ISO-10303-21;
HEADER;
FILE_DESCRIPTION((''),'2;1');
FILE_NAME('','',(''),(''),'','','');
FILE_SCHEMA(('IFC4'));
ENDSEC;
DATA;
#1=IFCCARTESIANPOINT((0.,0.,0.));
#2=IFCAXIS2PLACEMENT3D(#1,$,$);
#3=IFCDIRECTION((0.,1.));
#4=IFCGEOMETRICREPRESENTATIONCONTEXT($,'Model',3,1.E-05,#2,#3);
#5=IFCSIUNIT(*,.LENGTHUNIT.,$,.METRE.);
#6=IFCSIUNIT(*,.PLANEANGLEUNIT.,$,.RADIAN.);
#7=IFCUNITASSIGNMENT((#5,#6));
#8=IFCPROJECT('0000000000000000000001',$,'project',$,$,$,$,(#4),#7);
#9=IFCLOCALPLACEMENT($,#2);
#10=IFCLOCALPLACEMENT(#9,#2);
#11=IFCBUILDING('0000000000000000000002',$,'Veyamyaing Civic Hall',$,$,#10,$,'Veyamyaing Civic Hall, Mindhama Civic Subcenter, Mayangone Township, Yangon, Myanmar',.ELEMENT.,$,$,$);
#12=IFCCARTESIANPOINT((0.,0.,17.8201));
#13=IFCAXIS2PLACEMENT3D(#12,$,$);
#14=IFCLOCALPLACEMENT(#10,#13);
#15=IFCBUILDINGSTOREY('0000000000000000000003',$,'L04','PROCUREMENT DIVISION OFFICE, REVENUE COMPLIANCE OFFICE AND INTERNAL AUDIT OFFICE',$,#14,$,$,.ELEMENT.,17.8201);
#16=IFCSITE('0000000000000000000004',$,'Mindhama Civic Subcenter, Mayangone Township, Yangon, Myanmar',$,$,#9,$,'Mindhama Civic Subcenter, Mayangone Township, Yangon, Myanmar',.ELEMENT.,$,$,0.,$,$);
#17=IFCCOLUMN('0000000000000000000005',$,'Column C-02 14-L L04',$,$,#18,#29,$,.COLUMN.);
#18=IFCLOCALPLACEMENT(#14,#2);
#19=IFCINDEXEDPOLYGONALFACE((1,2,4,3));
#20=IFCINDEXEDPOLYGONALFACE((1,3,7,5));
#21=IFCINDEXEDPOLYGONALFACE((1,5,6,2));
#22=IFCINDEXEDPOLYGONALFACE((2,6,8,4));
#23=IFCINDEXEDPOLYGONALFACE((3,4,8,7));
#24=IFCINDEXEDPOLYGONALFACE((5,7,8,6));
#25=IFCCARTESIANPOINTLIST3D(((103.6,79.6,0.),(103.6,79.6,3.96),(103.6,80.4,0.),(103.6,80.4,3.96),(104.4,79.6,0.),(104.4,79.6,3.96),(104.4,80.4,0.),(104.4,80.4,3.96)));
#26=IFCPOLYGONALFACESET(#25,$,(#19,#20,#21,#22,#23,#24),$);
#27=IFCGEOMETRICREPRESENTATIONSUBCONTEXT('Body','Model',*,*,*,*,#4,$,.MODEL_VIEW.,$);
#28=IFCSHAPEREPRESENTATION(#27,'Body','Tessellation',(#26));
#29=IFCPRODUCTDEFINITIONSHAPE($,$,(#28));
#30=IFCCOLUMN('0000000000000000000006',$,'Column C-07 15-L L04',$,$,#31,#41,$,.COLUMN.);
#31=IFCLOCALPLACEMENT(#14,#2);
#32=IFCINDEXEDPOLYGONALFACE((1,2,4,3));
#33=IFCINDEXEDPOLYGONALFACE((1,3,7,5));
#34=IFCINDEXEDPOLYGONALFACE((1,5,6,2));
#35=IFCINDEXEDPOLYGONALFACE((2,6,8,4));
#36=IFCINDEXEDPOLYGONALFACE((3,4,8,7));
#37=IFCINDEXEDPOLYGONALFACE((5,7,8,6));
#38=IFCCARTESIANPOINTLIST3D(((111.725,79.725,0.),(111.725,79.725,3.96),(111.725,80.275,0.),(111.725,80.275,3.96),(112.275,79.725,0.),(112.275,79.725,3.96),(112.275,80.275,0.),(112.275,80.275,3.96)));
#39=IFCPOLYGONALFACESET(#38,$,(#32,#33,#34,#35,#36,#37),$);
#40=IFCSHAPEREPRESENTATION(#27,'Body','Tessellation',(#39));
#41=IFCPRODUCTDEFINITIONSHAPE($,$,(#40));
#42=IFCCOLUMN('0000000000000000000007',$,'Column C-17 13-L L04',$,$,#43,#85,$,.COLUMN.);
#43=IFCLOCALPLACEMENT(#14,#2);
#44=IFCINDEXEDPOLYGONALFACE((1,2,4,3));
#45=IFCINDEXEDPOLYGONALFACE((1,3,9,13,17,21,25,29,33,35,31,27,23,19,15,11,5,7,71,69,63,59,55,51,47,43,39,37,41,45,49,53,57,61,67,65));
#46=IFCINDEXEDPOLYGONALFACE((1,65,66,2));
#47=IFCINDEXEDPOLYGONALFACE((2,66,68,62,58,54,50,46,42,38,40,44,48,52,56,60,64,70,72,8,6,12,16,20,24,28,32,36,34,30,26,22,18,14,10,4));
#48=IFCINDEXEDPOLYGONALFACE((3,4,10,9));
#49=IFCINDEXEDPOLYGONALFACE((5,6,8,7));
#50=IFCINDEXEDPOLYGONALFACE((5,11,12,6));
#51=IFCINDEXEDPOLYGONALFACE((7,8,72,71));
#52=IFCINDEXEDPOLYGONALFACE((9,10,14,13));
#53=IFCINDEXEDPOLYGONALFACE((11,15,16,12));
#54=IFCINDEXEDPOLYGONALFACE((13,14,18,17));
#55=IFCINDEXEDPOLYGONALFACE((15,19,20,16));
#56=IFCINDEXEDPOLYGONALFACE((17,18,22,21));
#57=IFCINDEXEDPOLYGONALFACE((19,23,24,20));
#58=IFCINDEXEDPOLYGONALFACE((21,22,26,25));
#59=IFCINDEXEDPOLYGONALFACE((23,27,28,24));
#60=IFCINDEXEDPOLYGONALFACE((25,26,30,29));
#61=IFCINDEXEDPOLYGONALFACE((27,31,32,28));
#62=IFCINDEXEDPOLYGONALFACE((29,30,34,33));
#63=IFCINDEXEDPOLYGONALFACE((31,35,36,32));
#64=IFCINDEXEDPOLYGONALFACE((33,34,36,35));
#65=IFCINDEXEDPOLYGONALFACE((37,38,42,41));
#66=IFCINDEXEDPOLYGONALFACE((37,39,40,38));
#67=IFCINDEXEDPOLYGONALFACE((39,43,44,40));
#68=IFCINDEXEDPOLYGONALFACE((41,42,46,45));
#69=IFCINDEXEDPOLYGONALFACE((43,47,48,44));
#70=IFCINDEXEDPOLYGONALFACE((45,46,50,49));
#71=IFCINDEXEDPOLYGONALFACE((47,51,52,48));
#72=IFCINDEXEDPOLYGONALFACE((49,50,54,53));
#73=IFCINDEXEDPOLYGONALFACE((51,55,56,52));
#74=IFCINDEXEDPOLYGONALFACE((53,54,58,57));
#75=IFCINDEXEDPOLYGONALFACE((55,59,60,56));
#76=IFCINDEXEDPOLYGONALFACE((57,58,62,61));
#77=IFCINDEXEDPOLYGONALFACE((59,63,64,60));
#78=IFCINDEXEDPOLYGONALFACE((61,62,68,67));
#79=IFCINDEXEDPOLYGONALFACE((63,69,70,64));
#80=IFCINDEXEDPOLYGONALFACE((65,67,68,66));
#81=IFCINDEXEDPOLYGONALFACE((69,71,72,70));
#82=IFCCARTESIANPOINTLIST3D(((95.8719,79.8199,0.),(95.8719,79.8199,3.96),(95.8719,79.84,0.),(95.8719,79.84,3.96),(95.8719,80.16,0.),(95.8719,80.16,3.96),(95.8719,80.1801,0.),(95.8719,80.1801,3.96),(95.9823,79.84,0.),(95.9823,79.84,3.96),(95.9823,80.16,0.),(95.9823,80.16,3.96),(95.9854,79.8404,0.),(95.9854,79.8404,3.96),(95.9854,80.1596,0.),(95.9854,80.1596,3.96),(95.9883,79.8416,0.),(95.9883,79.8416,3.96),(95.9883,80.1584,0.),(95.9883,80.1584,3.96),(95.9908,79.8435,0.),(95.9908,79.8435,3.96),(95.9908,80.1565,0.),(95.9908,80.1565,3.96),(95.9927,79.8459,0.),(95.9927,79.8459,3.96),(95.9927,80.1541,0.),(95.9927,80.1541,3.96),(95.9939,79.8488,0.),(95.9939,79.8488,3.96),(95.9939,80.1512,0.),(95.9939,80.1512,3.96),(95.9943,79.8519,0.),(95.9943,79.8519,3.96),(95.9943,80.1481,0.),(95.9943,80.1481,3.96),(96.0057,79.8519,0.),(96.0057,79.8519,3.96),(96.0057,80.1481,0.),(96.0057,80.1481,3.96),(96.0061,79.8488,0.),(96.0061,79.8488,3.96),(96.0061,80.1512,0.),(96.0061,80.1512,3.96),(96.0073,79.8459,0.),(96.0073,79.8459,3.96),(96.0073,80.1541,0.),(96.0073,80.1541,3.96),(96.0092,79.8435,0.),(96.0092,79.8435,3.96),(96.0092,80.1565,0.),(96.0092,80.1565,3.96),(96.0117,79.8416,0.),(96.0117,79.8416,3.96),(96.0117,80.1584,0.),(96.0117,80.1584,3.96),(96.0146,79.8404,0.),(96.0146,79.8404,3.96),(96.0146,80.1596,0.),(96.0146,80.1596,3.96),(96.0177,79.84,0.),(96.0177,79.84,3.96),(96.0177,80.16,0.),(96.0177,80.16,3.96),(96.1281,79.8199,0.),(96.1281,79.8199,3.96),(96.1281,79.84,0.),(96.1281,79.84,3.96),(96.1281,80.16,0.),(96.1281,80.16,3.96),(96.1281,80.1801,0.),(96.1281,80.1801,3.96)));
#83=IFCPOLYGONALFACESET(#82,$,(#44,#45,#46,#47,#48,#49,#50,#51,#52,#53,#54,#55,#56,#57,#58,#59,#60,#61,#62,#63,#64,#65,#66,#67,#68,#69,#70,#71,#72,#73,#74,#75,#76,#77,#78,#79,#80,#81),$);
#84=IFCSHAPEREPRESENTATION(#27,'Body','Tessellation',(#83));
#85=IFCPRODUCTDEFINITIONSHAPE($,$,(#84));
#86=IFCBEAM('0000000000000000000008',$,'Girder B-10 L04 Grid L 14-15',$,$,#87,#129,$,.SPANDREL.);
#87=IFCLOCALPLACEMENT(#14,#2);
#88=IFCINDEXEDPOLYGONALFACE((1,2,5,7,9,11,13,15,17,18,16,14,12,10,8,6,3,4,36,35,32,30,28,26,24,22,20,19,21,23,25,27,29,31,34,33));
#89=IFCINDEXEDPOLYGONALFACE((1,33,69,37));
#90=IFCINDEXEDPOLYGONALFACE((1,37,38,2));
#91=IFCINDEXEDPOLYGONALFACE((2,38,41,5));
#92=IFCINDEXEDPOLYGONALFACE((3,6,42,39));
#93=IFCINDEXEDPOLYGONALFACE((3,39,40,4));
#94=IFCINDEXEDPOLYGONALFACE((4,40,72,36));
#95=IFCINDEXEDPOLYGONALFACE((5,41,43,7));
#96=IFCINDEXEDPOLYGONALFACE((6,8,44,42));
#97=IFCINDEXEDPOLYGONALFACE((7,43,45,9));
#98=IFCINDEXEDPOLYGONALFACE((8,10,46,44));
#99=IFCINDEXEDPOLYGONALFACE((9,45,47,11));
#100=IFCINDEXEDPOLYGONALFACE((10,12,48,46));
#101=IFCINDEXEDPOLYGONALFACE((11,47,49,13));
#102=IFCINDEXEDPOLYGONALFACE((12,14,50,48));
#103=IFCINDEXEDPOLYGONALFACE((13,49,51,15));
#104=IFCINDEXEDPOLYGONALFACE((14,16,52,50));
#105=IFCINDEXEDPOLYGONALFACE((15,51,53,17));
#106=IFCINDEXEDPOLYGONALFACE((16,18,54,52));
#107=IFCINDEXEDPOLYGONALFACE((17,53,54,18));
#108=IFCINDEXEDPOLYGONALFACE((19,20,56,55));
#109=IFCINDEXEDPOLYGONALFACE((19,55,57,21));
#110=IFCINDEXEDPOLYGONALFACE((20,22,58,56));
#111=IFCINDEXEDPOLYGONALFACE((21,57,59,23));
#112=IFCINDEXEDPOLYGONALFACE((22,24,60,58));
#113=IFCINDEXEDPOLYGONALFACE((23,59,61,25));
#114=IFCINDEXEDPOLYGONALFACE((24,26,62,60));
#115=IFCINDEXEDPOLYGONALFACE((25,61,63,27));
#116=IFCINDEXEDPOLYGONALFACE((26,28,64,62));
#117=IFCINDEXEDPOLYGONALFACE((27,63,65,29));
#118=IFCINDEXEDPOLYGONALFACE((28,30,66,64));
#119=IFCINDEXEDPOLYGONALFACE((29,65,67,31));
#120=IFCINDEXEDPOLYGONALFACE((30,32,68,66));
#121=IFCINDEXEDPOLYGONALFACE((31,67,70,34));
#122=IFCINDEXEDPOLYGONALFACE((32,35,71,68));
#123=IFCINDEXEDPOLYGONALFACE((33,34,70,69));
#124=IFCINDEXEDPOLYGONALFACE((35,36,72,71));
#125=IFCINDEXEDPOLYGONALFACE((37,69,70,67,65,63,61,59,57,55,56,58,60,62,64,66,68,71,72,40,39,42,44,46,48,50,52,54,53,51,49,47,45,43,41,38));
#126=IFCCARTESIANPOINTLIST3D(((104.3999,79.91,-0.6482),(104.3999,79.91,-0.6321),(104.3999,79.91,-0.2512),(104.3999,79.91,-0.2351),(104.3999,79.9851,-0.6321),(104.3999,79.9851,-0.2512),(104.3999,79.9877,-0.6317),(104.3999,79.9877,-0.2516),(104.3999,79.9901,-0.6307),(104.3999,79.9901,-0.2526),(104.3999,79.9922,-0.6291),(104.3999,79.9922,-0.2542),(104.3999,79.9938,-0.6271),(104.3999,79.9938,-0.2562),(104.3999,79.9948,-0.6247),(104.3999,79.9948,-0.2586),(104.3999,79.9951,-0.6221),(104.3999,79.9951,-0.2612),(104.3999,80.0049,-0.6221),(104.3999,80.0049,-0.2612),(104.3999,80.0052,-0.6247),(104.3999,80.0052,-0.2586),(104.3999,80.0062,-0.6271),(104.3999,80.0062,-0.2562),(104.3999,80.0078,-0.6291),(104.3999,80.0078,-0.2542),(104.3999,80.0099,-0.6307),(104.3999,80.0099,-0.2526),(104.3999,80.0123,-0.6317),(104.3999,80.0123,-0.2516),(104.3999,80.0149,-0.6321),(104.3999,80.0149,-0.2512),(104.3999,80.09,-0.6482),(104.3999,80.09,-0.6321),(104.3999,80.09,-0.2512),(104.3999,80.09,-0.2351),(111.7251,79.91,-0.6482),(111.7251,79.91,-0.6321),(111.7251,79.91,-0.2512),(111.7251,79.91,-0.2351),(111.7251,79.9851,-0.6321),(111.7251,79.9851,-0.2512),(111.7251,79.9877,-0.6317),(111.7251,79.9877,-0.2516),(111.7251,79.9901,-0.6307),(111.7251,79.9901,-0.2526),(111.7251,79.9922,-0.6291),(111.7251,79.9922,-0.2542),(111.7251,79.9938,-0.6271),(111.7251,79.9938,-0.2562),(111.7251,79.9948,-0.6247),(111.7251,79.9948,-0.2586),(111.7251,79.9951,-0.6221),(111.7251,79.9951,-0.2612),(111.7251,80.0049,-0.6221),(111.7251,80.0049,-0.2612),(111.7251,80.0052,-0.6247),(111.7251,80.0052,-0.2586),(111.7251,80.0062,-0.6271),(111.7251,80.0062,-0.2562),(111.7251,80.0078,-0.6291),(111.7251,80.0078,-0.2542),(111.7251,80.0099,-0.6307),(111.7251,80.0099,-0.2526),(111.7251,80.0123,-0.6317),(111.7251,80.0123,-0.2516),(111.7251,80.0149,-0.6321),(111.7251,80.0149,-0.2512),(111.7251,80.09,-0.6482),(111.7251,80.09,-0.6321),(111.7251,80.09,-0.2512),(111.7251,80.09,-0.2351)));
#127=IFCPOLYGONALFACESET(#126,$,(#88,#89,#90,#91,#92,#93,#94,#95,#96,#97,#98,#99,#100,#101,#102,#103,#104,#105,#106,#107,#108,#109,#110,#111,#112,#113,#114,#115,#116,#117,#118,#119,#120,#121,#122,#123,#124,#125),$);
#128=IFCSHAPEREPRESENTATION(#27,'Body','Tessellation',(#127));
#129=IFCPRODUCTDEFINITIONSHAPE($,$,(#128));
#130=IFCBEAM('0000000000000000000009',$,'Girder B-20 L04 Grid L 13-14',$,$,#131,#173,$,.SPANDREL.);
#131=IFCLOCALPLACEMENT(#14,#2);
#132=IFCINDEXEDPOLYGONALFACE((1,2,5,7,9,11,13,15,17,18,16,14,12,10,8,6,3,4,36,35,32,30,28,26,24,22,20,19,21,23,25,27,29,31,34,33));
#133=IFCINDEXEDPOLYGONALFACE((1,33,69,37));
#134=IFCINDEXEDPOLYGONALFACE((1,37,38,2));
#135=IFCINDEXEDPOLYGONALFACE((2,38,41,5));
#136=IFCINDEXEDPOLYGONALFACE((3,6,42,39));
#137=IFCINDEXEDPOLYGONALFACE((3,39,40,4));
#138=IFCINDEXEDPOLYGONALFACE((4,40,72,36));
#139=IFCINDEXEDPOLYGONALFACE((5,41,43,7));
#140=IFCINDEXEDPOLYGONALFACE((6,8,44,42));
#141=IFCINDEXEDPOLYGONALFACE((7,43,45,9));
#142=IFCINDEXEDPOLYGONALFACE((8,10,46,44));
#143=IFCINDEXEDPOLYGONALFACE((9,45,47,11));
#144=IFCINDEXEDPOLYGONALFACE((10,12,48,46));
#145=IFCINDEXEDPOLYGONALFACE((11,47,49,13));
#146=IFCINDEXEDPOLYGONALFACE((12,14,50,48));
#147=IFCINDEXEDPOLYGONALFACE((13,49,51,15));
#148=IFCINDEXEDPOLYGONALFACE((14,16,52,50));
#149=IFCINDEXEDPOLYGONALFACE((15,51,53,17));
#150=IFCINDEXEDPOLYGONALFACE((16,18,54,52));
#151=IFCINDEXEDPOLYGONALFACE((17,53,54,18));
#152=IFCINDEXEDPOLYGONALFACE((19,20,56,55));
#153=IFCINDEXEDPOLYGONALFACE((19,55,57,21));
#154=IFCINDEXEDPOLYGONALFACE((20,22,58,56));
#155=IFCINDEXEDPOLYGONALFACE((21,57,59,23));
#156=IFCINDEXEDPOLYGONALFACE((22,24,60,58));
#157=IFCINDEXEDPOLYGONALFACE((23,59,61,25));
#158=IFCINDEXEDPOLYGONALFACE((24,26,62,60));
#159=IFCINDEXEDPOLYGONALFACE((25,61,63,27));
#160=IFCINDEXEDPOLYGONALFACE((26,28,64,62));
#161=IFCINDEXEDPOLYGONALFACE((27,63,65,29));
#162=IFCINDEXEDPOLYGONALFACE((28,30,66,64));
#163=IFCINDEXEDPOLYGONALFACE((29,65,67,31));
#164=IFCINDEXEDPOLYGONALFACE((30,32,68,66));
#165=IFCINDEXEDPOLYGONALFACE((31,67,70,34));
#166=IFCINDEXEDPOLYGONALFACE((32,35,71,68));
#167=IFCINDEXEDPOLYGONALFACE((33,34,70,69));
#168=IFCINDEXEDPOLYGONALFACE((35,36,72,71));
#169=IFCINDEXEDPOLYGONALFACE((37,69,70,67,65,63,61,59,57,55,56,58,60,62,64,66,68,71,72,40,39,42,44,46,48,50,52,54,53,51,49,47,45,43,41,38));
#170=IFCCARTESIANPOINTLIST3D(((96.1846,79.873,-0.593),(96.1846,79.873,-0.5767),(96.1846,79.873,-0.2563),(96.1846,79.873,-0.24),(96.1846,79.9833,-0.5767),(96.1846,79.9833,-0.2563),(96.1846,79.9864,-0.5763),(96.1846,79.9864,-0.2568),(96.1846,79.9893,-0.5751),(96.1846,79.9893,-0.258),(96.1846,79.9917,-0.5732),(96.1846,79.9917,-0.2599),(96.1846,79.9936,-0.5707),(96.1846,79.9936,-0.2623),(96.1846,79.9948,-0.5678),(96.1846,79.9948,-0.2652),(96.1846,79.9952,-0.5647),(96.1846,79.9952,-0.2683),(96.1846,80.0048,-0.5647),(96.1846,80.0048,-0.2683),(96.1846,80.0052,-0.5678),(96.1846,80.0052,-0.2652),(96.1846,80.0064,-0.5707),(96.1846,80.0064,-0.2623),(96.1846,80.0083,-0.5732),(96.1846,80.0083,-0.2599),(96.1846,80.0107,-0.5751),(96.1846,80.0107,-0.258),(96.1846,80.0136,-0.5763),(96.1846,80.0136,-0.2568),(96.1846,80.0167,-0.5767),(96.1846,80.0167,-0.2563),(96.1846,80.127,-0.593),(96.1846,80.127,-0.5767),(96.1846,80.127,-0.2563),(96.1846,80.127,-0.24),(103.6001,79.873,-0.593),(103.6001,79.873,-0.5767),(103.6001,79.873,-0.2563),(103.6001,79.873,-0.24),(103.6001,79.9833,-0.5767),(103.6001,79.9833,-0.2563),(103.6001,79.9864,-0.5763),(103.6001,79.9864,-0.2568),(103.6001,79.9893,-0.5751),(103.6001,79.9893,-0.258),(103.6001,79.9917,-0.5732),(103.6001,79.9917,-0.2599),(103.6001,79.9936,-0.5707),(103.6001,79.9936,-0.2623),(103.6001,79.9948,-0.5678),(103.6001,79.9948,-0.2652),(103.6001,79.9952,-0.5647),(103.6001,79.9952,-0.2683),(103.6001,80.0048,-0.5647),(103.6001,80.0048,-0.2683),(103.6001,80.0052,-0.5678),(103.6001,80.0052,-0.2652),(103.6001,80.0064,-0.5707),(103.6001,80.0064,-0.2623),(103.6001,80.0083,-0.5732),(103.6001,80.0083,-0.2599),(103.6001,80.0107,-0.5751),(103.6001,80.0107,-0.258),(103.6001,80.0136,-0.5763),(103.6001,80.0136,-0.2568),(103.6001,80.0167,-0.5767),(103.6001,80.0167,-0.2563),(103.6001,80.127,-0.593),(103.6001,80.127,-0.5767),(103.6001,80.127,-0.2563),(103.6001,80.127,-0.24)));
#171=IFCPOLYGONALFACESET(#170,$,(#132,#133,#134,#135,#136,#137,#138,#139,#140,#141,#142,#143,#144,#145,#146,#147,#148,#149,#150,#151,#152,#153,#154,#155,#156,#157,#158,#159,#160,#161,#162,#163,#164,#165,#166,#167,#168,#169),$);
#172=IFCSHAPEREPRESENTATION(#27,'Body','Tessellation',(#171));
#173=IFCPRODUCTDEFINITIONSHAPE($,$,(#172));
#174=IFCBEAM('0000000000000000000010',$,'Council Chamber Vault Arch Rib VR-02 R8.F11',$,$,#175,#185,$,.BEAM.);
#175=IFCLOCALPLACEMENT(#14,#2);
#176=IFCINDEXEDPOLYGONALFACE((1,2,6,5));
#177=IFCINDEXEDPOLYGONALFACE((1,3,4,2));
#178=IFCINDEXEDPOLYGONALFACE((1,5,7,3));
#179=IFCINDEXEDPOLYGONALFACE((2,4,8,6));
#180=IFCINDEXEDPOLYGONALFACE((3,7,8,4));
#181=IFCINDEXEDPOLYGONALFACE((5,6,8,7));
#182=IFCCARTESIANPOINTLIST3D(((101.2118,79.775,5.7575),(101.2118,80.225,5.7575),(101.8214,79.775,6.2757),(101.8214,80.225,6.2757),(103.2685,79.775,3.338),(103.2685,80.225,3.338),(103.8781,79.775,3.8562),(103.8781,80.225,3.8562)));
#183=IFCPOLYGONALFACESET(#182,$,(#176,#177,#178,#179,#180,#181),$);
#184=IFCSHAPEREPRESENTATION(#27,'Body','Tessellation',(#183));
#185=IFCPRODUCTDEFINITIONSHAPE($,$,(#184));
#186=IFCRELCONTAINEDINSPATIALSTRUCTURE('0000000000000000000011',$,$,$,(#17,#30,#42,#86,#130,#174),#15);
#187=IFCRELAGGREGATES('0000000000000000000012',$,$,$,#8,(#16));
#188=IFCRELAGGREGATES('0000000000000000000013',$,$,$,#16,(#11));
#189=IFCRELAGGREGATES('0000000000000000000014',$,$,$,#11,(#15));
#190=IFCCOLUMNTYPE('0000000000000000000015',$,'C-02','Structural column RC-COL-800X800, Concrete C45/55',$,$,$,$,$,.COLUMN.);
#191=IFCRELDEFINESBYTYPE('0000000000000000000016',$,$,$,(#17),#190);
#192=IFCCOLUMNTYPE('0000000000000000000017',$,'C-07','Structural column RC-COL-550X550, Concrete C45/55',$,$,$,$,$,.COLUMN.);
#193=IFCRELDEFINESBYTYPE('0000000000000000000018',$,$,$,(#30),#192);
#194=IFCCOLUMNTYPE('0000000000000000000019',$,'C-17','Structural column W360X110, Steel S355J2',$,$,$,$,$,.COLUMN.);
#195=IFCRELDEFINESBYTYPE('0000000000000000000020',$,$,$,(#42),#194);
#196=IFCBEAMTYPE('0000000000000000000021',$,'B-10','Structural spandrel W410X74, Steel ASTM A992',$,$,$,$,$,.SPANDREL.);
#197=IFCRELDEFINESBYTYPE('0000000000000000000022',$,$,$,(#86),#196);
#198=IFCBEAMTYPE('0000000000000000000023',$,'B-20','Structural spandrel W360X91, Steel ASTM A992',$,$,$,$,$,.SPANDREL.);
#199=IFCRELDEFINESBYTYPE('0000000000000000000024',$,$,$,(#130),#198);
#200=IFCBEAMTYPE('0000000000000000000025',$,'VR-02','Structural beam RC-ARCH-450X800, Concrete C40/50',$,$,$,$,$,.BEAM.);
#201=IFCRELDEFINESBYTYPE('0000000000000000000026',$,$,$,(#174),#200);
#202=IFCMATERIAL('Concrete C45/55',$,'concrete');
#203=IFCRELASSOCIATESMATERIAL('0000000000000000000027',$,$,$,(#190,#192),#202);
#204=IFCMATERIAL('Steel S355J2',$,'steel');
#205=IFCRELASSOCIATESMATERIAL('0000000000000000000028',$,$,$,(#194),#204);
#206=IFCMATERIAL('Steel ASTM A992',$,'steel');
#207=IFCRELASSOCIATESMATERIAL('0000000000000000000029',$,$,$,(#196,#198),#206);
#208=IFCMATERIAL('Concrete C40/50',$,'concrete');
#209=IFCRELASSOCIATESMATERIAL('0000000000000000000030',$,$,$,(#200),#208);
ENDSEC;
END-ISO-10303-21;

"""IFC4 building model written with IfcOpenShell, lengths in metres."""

from ifc_helpers import new_model, si_unit, direction, frame, origin, origin_2d, place, context, subcontext, project, spatial, rectangle, i_section, extrude, material, material_profile, profile_set, type_object, element, save


model = new_model("IFC4")

# Units and contexts
model_context = context("Model", 3, precision=1e-05, world=origin(), true_north=direction((0.0, 1.0)))
body_context = subcontext(model_context, "Body", "Model", "MODEL_VIEW")
ifc_project = project(units=[si_unit("LENGTHUNIT", "METRE"), si_unit("PLANEANGLEUNIT", "RADIAN")], contexts=[model_context])

# Site, building, storey
site_placement = place(None, origin())
site = spatial("IfcSite", under=ifc_project, at=site_placement, Name="Mindhama Civic Subcenter, Mayangone Township, Yangon, Myanmar", LongName="Mindhama Civic Subcenter, Mayangone Township, Yangon, Myanmar", CompositionType="ELEMENT", RefElevation=0.0)
building_placement = place(site_placement, origin())
building = spatial("IfcBuilding", under=site, at=building_placement, Name="Veyamyaing Civic Hall", LongName="Veyamyaing Civic Hall, Mindhama Civic Subcenter, Mayangone Township, Yangon, Myanmar", CompositionType="ELEMENT")
storey_placement = place(building_placement, frame((0.0, 0.0, 17.8201)))
storey = spatial("IfcBuildingStorey", under=building, at=storey_placement, Name="L04", Description="PROCUREMENT DIVISION OFFICE, REVENUE COMPLIANCE OFFICE AND INTERNAL AUDIT OFFICE", CompositionType="ELEMENT", Elevation=17.8201)

# Columns
ifc_material_1 = material(Name="Concrete C45/55", Category="concrete")
ifc_material_profile_1 = material_profile(ifc_material_1, rectangle(XDim=0.8, YDim=0.8, at=origin_2d()), Name="RC-COL-800X800")
ifc_profile_set_1 = profile_set([ifc_material_profile_1], Name="Concrete C45/55")
column_type_1 = type_object("IfcColumnType", Name="C-02", Description="Structural column RC-COL-800X800, Concrete C45/55", PredefinedType="COLUMN", material=ifc_profile_set_1)
column_1_placement = place(storey_placement, frame((104.0, 80.0, 0.0), z_axis=(0.0, 0.0, 1.0), x_axis=(1.0, 0.0, 0.0)))
element("IfcColumn", 1, at=column_1_placement, inside=storey, type_object=column_type_1, Name="Column C-02 14-L L04", PredefinedType="COLUMN", context=body_context, shape_type="SweptSolid", body=[
    extrude(rectangle(XDim=0.8, YDim=0.8, at=origin_2d()), origin(), (0.0, 0.0, 1.0), 3.96),
])
ifc_material_profile_2 = material_profile(ifc_material_1, rectangle(XDim=0.55, YDim=0.55, at=origin_2d()), Name="RC-COL-550X550")
ifc_profile_set_2 = profile_set([ifc_material_profile_2], Name="Concrete C45/55")
column_type_2 = type_object("IfcColumnType", Name="C-07", Description="Structural column RC-COL-550X550, Concrete C45/55", PredefinedType="COLUMN", material=ifc_profile_set_2)
column_2_placement = place(storey_placement, frame((112.0, 80.0, 0.0), z_axis=(0.0, 0.0, 1.0), x_axis=(1.0, 0.0, 0.0)))
element("IfcColumn", 2, at=column_2_placement, inside=storey, type_object=column_type_2, Name="Column C-07 15-L L04", PredefinedType="COLUMN", context=body_context, shape_type="SweptSolid", body=[
    extrude(rectangle(XDim=0.55, YDim=0.55, at=origin_2d()), origin(), (0.0, 0.0, 1.0), 3.96),
])
ifc_material_2 = material(Name="Steel S355J2", Category="steel")
ifc_material_profile_3 = material_profile(ifc_material_2, i_section(OverallWidth=0.2561, OverallDepth=0.3601, WebThickness=0.0115, FlangeThickness=0.02, FilletRadius=0.012, at=origin_2d()), Name="W360X110")
ifc_profile_set_3 = profile_set([ifc_material_profile_3], Name="Steel S355J2")
column_type_3 = type_object("IfcColumnType", Name="C-17", Description="Structural column W360X110, Steel S355J2", PredefinedType="COLUMN", material=ifc_profile_set_3)
column_3_placement = place(storey_placement, frame((96.0, 80.0, 0.0), z_axis=(0.0, 0.0, 1.0), x_axis=(1.0, 0.0, 0.0)))
element("IfcColumn", 3, at=column_3_placement, inside=storey, type_object=column_type_3, Name="Column C-17 13-L L04", PredefinedType="COLUMN", context=body_context, shape_type="SweptSolid", body=[
    extrude(i_section(OverallWidth=0.2561, OverallDepth=0.3601, WebThickness=0.0115, FlangeThickness=0.02, FilletRadius=0.012, at=origin_2d()), origin(), (0.0, 0.0, 1.0), 3.96),
])

# Beams
ifc_material_3 = material(Name="Steel ASTM A992", Category="steel")
ifc_material_profile_4 = material_profile(ifc_material_3, i_section(OverallWidth=0.1799, OverallDepth=0.4131, WebThickness=0.0098, FlangeThickness=0.0161, FilletRadius=0.01, at=origin_2d()), Name="W410X74")
ifc_profile_set_4 = profile_set([ifc_material_profile_4], Name="Steel ASTM A992")
beam_type_1 = type_object("IfcBeamType", Name="B-10", Description="Structural spandrel W410X74, Steel ASTM A992", PredefinedType="SPANDREL", material=ifc_profile_set_4)
beam_1_placement = place(storey_placement, frame((104.3999, 80.0, -0.4417), z_axis=(1.0, 0.0, 0.0), x_axis=(0.0, 1.0, 0.0)))
element("IfcBeam", 4, at=beam_1_placement, inside=storey, type_object=beam_type_1, Name="Girder B-10 L04 Grid L 14-15", PredefinedType="SPANDREL", context=body_context, shape_type="SweptSolid", body=[
    extrude(i_section(OverallWidth=0.1799, OverallDepth=0.4131, WebThickness=0.0098, FlangeThickness=0.0161, FilletRadius=0.01, at=origin_2d()), origin(), (0.0, 0.0, 1.0), 7.3252),
])
ifc_material_profile_5 = material_profile(ifc_material_3, i_section(OverallWidth=0.2539, OverallDepth=0.353, WebThickness=0.0095, FlangeThickness=0.0164, FilletRadius=0.012, at=origin_2d()), Name="W360X91")
ifc_profile_set_5 = profile_set([ifc_material_profile_5], Name="Steel ASTM A992")
beam_type_2 = type_object("IfcBeamType", Name="B-20", Description="Structural spandrel W360X91, Steel ASTM A992", PredefinedType="SPANDREL", material=ifc_profile_set_5)
beam_2_placement = place(storey_placement, frame((96.1846, 80.0, -0.4165), z_axis=(1.0, 0.0, 0.0), x_axis=(0.0, 1.0, 0.0)))
element("IfcBeam", 5, at=beam_2_placement, inside=storey, type_object=beam_type_2, Name="Girder B-20 L04 Grid L 13-14", PredefinedType="SPANDREL", context=body_context, shape_type="SweptSolid", body=[
    extrude(i_section(OverallWidth=0.2539, OverallDepth=0.353, WebThickness=0.0095, FlangeThickness=0.0164, FilletRadius=0.012, at=origin_2d()), origin(), (0.0, 0.0, 1.0), 7.4155),
])
ifc_material_4 = material(Name="Concrete C40/50", Category="concrete")
ifc_material_profile_6 = material_profile(ifc_material_4, rectangle(XDim=0.45, YDim=0.8, at=origin_2d()), Name="RC-ARCH-450X800")
ifc_profile_set_6 = profile_set([ifc_material_profile_6], Name="Concrete C40/50")
beam_type_3 = type_object("IfcBeamType", Name="VR-02", Description="Structural beam RC-ARCH-450X800, Concrete C40/50", PredefinedType="BEAM", material=ifc_profile_set_6)
beam_3_placement = place(storey_placement, frame((101.5166, 80.0, 6.0166), z_axis=(0.647671, 0.0, -0.76192), x_axis=(0.0, 1.0, 0.0)))
element("IfcBeam", 6, at=beam_3_placement, inside=storey, type_object=beam_type_3, Name="Council Chamber Vault Arch Rib VR-02 R8.F11", PredefinedType="BEAM", context=body_context, shape_type="SweptSolid", body=[
    extrude(rectangle(XDim=0.45, YDim=0.8, at=origin_2d()), origin(), (0.0, 0.0, 1.0), 3.1755),
])

save(model, "model.ifc")
